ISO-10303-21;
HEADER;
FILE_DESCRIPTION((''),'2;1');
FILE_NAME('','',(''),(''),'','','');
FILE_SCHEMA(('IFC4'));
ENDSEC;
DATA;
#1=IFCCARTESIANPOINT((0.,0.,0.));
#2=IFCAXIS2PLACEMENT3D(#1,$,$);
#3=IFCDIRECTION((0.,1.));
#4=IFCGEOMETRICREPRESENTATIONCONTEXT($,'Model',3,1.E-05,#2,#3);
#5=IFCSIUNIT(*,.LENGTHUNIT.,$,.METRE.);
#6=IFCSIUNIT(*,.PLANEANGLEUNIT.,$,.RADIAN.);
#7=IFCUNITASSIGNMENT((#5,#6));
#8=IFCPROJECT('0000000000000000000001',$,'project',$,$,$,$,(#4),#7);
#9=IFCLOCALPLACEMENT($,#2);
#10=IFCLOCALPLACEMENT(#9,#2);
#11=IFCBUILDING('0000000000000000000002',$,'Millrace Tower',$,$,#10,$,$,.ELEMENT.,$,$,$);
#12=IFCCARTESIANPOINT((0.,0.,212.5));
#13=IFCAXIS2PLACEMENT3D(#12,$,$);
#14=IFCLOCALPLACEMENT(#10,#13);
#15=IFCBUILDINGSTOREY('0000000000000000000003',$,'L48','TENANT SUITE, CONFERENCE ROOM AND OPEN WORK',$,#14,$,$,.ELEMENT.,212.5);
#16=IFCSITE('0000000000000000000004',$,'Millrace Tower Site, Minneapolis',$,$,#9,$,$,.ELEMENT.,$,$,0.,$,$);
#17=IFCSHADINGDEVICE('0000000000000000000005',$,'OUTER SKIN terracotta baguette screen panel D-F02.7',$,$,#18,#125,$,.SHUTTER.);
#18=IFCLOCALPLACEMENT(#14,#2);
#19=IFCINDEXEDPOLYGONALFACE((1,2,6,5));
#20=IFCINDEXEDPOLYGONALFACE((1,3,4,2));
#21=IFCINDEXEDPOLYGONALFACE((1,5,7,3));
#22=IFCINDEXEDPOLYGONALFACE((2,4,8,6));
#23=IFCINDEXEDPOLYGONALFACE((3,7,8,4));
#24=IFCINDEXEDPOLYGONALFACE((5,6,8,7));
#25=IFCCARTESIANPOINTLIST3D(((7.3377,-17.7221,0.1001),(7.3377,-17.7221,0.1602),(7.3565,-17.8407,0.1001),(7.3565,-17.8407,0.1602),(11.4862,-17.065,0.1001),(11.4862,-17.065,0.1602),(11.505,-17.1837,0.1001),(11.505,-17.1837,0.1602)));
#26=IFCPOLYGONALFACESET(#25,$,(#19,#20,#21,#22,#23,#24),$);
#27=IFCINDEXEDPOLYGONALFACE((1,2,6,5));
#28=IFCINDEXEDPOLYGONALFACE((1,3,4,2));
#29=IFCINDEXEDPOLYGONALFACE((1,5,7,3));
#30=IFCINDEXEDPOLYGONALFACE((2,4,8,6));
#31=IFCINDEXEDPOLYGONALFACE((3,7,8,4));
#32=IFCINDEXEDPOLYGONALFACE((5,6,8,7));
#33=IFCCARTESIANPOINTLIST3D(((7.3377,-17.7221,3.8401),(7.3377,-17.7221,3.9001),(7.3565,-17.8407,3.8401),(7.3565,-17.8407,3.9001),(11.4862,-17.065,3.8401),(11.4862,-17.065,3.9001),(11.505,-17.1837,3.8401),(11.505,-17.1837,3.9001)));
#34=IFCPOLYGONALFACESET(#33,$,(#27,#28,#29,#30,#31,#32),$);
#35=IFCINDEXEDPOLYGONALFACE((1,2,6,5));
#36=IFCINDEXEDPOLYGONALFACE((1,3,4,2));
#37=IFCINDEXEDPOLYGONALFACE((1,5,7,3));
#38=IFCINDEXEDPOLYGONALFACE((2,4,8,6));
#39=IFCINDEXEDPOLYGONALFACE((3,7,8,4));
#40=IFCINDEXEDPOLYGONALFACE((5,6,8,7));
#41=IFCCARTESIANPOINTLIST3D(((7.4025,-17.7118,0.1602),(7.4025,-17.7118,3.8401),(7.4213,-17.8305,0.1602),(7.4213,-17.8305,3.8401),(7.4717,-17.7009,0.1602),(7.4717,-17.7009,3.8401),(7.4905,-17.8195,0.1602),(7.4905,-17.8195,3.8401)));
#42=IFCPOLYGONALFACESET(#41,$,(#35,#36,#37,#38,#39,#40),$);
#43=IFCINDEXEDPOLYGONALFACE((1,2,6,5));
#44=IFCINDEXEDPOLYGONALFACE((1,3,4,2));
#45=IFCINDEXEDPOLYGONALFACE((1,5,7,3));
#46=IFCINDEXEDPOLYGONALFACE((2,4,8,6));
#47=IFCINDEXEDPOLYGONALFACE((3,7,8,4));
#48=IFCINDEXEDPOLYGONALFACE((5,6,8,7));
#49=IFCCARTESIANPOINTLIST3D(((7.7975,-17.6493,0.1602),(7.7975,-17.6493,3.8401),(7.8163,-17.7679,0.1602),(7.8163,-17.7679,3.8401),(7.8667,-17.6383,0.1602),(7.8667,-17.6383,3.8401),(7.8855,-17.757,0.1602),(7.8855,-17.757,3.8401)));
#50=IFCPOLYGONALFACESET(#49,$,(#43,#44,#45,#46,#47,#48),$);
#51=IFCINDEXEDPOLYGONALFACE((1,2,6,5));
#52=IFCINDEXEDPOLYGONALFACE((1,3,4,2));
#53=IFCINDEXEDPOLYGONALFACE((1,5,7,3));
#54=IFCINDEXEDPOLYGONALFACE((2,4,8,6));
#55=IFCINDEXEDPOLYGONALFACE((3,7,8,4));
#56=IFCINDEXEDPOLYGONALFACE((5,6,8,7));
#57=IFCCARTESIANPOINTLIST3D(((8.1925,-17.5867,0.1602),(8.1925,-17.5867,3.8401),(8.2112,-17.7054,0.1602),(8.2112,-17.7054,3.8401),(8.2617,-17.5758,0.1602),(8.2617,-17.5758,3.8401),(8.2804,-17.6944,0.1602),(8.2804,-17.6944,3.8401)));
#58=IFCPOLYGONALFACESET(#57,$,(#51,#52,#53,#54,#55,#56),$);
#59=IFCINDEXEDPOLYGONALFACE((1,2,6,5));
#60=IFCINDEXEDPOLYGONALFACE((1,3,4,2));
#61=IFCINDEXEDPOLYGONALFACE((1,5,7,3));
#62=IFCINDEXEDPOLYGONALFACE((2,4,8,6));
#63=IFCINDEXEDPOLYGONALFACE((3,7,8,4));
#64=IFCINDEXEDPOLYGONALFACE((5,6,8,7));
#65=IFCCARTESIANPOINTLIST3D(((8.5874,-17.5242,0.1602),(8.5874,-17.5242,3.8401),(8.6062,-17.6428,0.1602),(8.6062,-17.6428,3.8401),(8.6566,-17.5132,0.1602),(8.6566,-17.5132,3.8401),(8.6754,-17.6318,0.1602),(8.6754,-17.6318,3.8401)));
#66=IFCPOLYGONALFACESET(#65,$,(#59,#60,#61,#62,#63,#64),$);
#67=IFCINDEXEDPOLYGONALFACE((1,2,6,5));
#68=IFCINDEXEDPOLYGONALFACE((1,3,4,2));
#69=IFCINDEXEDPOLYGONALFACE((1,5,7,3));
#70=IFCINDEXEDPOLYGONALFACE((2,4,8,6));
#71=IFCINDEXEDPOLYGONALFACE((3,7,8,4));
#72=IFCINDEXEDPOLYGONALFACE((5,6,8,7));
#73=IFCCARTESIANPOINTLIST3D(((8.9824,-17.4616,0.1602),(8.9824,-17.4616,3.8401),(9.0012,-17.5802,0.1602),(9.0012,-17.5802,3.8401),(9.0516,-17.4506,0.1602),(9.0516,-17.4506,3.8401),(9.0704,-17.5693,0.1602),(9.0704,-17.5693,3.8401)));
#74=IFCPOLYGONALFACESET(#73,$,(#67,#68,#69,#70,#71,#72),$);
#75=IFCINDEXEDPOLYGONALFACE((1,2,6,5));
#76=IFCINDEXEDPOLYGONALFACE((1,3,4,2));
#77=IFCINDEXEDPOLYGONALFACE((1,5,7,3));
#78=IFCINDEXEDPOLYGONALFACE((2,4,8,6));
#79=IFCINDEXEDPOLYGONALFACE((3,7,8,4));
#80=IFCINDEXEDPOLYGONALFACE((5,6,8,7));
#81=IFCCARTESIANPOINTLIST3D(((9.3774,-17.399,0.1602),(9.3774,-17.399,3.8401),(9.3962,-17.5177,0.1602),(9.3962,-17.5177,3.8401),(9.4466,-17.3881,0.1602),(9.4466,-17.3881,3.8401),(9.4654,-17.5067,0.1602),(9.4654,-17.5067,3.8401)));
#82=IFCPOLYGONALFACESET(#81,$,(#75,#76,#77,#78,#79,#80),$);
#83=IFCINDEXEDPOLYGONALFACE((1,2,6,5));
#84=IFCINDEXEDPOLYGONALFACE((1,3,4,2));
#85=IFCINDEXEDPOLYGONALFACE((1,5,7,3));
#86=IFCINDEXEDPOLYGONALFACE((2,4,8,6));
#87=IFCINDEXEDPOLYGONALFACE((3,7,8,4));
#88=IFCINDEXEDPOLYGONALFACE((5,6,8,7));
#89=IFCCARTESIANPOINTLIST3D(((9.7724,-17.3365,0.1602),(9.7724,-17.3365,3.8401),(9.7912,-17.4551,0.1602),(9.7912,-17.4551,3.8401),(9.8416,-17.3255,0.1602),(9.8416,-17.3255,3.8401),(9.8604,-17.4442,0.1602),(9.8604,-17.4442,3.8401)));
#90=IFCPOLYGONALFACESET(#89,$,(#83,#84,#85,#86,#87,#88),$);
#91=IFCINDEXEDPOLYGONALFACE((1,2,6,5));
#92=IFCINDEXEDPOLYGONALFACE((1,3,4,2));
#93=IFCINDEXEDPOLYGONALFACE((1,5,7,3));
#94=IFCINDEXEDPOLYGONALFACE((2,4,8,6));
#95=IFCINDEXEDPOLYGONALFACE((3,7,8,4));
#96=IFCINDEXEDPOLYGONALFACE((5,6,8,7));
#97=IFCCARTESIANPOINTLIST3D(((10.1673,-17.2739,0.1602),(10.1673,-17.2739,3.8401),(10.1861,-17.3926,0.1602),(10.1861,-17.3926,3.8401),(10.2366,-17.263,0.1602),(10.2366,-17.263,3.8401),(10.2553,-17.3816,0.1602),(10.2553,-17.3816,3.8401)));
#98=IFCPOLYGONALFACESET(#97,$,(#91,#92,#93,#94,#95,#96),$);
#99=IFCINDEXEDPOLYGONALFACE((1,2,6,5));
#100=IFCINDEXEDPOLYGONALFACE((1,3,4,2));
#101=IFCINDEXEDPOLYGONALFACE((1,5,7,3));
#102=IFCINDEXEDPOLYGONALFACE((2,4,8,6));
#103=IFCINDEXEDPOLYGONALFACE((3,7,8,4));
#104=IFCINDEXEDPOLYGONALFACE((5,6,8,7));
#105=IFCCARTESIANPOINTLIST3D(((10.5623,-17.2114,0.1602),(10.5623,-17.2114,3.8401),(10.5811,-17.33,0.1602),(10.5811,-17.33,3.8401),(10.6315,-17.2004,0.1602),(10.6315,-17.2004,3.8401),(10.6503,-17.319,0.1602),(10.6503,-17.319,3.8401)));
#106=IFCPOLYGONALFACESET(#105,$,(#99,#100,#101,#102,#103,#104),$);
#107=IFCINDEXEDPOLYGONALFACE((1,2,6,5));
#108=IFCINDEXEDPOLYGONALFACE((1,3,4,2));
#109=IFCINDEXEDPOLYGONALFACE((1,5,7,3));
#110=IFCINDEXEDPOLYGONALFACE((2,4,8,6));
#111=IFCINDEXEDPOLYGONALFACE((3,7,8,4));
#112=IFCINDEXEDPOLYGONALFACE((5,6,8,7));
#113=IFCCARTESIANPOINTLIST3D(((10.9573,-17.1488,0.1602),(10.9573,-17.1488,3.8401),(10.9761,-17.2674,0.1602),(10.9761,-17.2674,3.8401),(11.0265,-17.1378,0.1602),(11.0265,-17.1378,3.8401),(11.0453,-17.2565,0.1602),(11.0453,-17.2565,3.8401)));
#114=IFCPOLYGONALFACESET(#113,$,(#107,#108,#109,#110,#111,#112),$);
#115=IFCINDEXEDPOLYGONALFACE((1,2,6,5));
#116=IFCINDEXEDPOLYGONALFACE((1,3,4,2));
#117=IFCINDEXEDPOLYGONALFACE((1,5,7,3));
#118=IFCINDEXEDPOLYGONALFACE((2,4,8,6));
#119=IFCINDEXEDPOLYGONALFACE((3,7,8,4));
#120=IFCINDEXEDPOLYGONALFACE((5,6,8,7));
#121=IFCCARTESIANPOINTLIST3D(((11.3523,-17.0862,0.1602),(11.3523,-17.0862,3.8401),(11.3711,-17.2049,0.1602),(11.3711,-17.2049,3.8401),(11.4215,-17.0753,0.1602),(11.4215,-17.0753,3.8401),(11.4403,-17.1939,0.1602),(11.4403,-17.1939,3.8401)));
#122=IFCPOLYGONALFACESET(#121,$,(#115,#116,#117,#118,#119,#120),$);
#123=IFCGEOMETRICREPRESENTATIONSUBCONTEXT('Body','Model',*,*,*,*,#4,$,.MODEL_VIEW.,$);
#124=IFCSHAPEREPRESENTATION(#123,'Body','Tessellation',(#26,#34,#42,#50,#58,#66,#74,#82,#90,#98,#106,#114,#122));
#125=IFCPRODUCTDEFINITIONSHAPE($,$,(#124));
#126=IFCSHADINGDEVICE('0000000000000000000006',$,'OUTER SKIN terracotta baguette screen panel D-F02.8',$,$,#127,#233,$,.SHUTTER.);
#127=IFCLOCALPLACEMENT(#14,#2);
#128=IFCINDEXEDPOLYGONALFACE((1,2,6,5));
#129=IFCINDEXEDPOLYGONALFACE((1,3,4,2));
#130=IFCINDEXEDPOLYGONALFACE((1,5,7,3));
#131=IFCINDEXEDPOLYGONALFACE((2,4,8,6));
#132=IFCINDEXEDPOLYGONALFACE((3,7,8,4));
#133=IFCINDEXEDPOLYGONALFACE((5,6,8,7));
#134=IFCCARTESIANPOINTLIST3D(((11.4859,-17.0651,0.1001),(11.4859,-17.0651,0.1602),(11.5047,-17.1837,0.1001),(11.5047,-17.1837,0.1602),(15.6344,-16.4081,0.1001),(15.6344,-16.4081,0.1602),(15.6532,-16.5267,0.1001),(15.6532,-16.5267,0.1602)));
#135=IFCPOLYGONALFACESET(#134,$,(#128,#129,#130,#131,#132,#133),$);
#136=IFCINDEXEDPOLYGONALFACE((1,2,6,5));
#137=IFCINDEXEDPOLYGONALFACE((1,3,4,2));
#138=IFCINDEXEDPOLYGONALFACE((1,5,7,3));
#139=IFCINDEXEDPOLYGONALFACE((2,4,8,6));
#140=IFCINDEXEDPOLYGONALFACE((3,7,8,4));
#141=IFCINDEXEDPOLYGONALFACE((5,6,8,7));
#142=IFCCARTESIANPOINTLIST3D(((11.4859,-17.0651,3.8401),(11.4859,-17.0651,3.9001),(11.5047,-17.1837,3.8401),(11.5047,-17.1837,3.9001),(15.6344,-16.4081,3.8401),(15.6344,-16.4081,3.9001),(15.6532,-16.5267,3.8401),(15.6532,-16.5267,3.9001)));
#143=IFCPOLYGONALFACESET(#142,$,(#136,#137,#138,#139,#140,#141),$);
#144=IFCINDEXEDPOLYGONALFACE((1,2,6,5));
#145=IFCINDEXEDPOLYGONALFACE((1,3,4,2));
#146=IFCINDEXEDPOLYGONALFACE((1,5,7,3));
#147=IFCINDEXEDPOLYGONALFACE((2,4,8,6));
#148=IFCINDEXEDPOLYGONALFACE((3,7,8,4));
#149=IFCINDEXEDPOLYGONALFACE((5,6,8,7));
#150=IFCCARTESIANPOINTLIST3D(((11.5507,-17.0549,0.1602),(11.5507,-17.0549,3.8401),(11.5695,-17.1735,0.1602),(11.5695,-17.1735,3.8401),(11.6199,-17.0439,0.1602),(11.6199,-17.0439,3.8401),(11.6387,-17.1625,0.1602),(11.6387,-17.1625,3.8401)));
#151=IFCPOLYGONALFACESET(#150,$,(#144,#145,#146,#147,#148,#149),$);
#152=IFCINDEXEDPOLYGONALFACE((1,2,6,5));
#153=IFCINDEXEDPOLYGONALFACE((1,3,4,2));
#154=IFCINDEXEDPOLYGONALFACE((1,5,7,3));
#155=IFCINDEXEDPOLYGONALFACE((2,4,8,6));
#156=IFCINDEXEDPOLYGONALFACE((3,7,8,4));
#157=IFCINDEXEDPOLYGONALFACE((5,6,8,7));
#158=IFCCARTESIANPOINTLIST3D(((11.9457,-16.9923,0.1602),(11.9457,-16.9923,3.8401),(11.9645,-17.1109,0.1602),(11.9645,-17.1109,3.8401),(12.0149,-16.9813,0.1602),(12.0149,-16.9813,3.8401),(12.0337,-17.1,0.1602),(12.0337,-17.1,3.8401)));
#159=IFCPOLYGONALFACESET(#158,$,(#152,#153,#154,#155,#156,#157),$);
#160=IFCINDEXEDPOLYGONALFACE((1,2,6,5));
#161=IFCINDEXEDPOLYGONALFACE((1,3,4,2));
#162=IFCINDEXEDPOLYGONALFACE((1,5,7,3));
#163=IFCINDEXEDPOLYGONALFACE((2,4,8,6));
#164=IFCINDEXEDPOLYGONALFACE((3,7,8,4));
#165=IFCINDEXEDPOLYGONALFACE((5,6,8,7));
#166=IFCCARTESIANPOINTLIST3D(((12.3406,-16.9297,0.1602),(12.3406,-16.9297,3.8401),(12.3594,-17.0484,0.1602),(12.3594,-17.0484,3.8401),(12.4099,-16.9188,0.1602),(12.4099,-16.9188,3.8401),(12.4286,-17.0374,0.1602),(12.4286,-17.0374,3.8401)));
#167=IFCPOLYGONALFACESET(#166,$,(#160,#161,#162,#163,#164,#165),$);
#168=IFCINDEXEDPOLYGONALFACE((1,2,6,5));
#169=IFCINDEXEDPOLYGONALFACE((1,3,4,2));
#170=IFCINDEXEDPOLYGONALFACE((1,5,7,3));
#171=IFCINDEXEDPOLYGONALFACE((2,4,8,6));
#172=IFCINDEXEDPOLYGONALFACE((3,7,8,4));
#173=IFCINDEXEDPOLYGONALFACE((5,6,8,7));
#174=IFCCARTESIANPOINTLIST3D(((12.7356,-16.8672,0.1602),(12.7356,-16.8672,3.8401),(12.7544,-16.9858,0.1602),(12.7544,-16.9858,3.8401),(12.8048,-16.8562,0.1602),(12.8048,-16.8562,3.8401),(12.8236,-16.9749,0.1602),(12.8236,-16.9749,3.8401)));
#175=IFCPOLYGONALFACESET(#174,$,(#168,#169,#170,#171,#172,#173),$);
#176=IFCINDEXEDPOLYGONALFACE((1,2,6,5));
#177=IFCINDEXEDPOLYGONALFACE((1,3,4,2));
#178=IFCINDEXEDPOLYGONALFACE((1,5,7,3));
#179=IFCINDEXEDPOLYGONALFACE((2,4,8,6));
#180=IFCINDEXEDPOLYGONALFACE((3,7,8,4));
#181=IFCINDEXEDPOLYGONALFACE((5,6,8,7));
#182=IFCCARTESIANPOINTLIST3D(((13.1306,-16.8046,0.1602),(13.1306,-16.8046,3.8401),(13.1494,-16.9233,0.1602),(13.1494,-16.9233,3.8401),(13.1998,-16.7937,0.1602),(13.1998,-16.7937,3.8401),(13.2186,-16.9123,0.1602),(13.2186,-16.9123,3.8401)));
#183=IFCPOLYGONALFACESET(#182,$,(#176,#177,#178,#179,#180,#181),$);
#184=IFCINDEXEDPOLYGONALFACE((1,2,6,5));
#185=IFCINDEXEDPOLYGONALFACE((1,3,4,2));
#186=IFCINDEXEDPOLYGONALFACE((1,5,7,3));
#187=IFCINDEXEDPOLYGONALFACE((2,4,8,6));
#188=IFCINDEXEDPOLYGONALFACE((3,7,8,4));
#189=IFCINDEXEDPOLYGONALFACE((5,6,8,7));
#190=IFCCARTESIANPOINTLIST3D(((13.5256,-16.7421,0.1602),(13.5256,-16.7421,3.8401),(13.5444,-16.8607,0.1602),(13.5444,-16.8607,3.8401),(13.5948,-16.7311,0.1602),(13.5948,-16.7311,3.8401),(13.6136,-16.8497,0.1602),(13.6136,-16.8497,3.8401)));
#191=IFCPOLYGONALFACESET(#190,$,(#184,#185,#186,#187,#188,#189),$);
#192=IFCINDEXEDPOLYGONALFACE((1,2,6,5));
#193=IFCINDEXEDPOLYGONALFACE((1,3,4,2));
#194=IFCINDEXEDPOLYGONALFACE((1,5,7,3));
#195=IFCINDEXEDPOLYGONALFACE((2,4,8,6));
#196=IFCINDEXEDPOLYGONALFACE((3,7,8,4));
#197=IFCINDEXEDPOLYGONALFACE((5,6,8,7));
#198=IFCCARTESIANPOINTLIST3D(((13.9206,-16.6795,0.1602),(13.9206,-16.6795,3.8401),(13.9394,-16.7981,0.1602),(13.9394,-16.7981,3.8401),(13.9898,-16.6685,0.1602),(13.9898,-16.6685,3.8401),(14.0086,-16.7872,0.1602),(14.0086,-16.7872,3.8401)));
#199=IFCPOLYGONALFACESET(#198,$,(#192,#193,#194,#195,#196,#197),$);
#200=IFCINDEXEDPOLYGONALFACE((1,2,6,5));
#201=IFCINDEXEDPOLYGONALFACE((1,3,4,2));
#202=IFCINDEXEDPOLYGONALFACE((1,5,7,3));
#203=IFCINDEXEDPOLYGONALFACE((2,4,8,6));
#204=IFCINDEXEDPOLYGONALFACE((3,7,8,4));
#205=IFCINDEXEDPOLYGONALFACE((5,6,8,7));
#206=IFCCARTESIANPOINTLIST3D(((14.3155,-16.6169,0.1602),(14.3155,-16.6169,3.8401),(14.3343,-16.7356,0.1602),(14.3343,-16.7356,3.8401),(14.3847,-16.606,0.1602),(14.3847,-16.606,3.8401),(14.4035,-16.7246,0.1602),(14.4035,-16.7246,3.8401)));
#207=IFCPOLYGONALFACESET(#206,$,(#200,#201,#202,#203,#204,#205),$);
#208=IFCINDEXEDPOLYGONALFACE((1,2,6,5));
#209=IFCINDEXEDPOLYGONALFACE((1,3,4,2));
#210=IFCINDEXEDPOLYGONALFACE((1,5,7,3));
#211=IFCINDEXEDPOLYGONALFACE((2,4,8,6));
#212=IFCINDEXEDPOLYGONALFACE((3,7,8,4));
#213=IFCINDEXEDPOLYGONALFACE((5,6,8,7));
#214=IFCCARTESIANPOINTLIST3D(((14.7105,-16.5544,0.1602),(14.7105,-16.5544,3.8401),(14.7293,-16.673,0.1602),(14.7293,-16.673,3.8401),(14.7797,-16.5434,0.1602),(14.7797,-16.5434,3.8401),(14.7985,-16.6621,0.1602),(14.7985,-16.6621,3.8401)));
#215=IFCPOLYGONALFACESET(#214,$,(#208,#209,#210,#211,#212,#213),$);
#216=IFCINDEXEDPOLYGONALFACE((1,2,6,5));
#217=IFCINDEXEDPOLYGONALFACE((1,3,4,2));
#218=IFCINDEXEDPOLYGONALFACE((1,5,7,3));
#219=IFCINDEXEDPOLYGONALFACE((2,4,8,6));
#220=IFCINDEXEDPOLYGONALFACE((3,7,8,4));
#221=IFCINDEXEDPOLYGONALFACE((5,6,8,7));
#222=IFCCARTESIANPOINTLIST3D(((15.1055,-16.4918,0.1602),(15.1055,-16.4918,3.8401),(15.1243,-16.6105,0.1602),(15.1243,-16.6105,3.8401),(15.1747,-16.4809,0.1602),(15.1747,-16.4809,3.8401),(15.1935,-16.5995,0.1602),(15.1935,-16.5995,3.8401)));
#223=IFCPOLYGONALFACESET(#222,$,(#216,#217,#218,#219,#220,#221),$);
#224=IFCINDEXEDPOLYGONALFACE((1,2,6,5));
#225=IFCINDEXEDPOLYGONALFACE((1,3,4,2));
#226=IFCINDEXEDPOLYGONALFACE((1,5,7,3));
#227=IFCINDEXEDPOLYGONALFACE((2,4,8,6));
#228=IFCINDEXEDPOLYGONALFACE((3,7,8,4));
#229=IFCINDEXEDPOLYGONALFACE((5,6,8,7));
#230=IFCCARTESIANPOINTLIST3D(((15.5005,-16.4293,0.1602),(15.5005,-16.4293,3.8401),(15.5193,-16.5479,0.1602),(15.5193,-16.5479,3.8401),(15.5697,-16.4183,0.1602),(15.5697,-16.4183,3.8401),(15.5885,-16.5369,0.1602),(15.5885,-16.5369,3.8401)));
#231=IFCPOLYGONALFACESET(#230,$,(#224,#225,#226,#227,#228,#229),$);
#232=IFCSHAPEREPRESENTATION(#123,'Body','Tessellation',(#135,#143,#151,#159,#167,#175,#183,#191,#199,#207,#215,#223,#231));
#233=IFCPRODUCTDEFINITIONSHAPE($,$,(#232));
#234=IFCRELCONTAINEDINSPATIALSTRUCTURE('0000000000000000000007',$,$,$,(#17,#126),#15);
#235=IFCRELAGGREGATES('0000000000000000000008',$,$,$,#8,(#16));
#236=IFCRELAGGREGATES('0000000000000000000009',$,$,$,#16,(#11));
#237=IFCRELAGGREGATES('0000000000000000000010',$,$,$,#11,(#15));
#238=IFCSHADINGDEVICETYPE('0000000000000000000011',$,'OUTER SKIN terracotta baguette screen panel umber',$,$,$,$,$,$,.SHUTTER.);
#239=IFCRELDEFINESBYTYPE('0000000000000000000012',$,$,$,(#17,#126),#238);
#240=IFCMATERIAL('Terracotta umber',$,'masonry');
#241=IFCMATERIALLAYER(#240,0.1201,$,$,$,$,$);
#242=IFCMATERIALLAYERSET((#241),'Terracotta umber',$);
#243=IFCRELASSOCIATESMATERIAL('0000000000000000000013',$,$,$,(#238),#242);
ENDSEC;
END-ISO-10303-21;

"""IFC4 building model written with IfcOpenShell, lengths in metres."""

from ifc_helpers import new_model, entity, si_unit, direction, frame, frame_2d, origin, origin_2d, place, context, subcontext, project, spatial, rectangle, extrude, source, transform, mapped, material, layer, layer_set, type_object, element, save


model = new_model("IFC4")

# Units and contexts
model_context = context("Model", 3, precision=1e-05, world=origin(), true_north=direction((0.0, 1.0)))
body_context = subcontext(model_context, "Body", "Model", "MODEL_VIEW")
ifc_project = project(units=[si_unit("LENGTHUNIT", "METRE"), si_unit("PLANEANGLEUNIT", "RADIAN")], contexts=[model_context])

# Site, building, storey
site_placement = place(None, origin())
site = spatial("IfcSite", under=ifc_project, at=site_placement, Name="Millrace Tower Site, Minneapolis", CompositionType="ELEMENT", RefElevation=0.0)
building_placement = place(site_placement, origin())
building = spatial("IfcBuilding", under=site, at=building_placement, Name="Millrace Tower", CompositionType="ELEMENT")
storey_placement = place(building_placement, frame((0.0, 0.0, 212.5)))
storey = spatial("IfcBuildingStorey", under=building, at=storey_placement, Name="L48", Description="TENANT SUITE, CONFERENCE ROOM AND OPEN WORK", CompositionType="ELEMENT", Elevation=212.5)

# Shading devices
ifc_material_1 = material(Name="Terracotta umber", Category="masonry")
ifc_layer_1 = layer(ifc_material_1, 0.1201)
ifc_layer_set_1 = layer_set([ifc_layer_1], Name="Terracotta umber")
shading_device_type = type_object("IfcShadingDeviceType", Name="OUTER SKIN terracotta baguette screen panel umber", PredefinedType="SHUTTER", material=ifc_layer_set_1)
cartesian_point = entity("IfcCartesianPoint", [-2.1001, 0.0601])
shared_polyline = entity("IfcPolyline", [cartesian_point, entity("IfcCartesianPoint", [2.1001, 0.0601]), entity("IfcCartesianPoint", [2.1001, -0.0601]), entity("IfcCartesianPoint", [-2.1001, -0.0601]), cartesian_point])
shared_shape = source(origin(), body_context, "Body", "SweptSolid", [
    entity("IfcExtrudedAreaSolid", entity("IfcArbitraryClosedProfileDef", "AREA", None, shared_polyline), entity("IfcAxis2Placement3D", entity("IfcCartesianPoint", [0.0, 0.0, 0.0])), entity("IfcDirection", [0.0, 0.0, 1.0]), 0.0601),
    entity("IfcExtrudedAreaSolid", entity("IfcArbitraryClosedProfileDef", "AREA", None, shared_polyline), entity("IfcAxis2Placement3D", entity("IfcCartesianPoint", [0.0, 0.0, 3.74])), entity("IfcDirection", [0.0, 0.0, 1.0]), 0.0601),
    extrude(rectangle(XDim=0.0701, YDim=0.1201, at=frame_2d((-1.9995, 0.0))), frame((0.0, 0.0, 0.0601)), (0.0, 0.0, 1.0), 3.6799),
    extrude(rectangle(XDim=0.0701, YDim=0.1201, at=frame_2d((-1.5996, 0.0))), frame((0.0, 0.0, 0.0601)), (0.0, 0.0, 1.0), 3.6799),
    extrude(rectangle(XDim=0.0701, YDim=0.1201, at=frame_2d((-1.1997, 0.0))), frame((0.0, 0.0, 0.0601)), (0.0, 0.0, 1.0), 3.6799),
    extrude(rectangle(XDim=0.0701, YDim=0.1201, at=frame_2d((-0.7998, 0.0))), frame((0.0, 0.0, 0.0601)), (0.0, 0.0, 1.0), 3.6799),
    extrude(rectangle(XDim=0.0701, YDim=0.1201, at=frame_2d((-0.3999, 0.0))), frame((0.0, 0.0, 0.0601)), (0.0, 0.0, 1.0), 3.6799),
    extrude(rectangle(XDim=0.0701, YDim=0.1201, at=origin_2d()), frame((0.0, 0.0, 0.0601)), (0.0, 0.0, 1.0), 3.6799),
    extrude(rectangle(XDim=0.0701, YDim=0.1201, at=frame_2d((0.3999, 0.0))), frame((0.0, 0.0, 0.0601)), (0.0, 0.0, 1.0), 3.6799),
    extrude(rectangle(XDim=0.0701, YDim=0.1201, at=frame_2d((0.7998, 0.0))), frame((0.0, 0.0, 0.0601)), (0.0, 0.0, 1.0), 3.6799),
    extrude(rectangle(XDim=0.0701, YDim=0.1201, at=frame_2d((1.1997, 0.0))), frame((0.0, 0.0, 0.0601)), (0.0, 0.0, 1.0), 3.6799),
    extrude(rectangle(XDim=0.0701, YDim=0.1201, at=frame_2d((1.5996, 0.0))), frame((0.0, 0.0, 0.0601)), (0.0, 0.0, 1.0), 3.6799),
    extrude(rectangle(XDim=0.0701, YDim=0.1201, at=frame_2d((1.9995, 0.0))), frame((0.0, 0.0, 0.0601)), (0.0, 0.0, 1.0), 3.6799),
])
for number, where, z_axis, x_axis, name in (
    (1, (9.4214, -17.4529, 0.1001), (0.0, 0.0, 1.0), (0.987688, 0.156434, 0.0), "OUTER SKIN terracotta baguette screen panel D-F02.7"),
    (2, (13.5696, -16.7959, 0.1001), (0.0, 0.0, 1.0), (0.987688, 0.156434, 0.0), "OUTER SKIN terracotta baguette screen panel D-F02.8"),
):
    element("IfcShadingDevice", number, at=place(storey_placement, frame(where, z_axis=z_axis, x_axis=x_axis)), inside=storey, type_object=shading_device_type, Name=name, PredefinedType="SHUTTER", context=body_context, shape_type="MappedRepresentation", body=[
        mapped(shared_shape, transform((0.0, 0.0, 0.0), scale=1.0)),
    ])

save(model, "model.ifc")
